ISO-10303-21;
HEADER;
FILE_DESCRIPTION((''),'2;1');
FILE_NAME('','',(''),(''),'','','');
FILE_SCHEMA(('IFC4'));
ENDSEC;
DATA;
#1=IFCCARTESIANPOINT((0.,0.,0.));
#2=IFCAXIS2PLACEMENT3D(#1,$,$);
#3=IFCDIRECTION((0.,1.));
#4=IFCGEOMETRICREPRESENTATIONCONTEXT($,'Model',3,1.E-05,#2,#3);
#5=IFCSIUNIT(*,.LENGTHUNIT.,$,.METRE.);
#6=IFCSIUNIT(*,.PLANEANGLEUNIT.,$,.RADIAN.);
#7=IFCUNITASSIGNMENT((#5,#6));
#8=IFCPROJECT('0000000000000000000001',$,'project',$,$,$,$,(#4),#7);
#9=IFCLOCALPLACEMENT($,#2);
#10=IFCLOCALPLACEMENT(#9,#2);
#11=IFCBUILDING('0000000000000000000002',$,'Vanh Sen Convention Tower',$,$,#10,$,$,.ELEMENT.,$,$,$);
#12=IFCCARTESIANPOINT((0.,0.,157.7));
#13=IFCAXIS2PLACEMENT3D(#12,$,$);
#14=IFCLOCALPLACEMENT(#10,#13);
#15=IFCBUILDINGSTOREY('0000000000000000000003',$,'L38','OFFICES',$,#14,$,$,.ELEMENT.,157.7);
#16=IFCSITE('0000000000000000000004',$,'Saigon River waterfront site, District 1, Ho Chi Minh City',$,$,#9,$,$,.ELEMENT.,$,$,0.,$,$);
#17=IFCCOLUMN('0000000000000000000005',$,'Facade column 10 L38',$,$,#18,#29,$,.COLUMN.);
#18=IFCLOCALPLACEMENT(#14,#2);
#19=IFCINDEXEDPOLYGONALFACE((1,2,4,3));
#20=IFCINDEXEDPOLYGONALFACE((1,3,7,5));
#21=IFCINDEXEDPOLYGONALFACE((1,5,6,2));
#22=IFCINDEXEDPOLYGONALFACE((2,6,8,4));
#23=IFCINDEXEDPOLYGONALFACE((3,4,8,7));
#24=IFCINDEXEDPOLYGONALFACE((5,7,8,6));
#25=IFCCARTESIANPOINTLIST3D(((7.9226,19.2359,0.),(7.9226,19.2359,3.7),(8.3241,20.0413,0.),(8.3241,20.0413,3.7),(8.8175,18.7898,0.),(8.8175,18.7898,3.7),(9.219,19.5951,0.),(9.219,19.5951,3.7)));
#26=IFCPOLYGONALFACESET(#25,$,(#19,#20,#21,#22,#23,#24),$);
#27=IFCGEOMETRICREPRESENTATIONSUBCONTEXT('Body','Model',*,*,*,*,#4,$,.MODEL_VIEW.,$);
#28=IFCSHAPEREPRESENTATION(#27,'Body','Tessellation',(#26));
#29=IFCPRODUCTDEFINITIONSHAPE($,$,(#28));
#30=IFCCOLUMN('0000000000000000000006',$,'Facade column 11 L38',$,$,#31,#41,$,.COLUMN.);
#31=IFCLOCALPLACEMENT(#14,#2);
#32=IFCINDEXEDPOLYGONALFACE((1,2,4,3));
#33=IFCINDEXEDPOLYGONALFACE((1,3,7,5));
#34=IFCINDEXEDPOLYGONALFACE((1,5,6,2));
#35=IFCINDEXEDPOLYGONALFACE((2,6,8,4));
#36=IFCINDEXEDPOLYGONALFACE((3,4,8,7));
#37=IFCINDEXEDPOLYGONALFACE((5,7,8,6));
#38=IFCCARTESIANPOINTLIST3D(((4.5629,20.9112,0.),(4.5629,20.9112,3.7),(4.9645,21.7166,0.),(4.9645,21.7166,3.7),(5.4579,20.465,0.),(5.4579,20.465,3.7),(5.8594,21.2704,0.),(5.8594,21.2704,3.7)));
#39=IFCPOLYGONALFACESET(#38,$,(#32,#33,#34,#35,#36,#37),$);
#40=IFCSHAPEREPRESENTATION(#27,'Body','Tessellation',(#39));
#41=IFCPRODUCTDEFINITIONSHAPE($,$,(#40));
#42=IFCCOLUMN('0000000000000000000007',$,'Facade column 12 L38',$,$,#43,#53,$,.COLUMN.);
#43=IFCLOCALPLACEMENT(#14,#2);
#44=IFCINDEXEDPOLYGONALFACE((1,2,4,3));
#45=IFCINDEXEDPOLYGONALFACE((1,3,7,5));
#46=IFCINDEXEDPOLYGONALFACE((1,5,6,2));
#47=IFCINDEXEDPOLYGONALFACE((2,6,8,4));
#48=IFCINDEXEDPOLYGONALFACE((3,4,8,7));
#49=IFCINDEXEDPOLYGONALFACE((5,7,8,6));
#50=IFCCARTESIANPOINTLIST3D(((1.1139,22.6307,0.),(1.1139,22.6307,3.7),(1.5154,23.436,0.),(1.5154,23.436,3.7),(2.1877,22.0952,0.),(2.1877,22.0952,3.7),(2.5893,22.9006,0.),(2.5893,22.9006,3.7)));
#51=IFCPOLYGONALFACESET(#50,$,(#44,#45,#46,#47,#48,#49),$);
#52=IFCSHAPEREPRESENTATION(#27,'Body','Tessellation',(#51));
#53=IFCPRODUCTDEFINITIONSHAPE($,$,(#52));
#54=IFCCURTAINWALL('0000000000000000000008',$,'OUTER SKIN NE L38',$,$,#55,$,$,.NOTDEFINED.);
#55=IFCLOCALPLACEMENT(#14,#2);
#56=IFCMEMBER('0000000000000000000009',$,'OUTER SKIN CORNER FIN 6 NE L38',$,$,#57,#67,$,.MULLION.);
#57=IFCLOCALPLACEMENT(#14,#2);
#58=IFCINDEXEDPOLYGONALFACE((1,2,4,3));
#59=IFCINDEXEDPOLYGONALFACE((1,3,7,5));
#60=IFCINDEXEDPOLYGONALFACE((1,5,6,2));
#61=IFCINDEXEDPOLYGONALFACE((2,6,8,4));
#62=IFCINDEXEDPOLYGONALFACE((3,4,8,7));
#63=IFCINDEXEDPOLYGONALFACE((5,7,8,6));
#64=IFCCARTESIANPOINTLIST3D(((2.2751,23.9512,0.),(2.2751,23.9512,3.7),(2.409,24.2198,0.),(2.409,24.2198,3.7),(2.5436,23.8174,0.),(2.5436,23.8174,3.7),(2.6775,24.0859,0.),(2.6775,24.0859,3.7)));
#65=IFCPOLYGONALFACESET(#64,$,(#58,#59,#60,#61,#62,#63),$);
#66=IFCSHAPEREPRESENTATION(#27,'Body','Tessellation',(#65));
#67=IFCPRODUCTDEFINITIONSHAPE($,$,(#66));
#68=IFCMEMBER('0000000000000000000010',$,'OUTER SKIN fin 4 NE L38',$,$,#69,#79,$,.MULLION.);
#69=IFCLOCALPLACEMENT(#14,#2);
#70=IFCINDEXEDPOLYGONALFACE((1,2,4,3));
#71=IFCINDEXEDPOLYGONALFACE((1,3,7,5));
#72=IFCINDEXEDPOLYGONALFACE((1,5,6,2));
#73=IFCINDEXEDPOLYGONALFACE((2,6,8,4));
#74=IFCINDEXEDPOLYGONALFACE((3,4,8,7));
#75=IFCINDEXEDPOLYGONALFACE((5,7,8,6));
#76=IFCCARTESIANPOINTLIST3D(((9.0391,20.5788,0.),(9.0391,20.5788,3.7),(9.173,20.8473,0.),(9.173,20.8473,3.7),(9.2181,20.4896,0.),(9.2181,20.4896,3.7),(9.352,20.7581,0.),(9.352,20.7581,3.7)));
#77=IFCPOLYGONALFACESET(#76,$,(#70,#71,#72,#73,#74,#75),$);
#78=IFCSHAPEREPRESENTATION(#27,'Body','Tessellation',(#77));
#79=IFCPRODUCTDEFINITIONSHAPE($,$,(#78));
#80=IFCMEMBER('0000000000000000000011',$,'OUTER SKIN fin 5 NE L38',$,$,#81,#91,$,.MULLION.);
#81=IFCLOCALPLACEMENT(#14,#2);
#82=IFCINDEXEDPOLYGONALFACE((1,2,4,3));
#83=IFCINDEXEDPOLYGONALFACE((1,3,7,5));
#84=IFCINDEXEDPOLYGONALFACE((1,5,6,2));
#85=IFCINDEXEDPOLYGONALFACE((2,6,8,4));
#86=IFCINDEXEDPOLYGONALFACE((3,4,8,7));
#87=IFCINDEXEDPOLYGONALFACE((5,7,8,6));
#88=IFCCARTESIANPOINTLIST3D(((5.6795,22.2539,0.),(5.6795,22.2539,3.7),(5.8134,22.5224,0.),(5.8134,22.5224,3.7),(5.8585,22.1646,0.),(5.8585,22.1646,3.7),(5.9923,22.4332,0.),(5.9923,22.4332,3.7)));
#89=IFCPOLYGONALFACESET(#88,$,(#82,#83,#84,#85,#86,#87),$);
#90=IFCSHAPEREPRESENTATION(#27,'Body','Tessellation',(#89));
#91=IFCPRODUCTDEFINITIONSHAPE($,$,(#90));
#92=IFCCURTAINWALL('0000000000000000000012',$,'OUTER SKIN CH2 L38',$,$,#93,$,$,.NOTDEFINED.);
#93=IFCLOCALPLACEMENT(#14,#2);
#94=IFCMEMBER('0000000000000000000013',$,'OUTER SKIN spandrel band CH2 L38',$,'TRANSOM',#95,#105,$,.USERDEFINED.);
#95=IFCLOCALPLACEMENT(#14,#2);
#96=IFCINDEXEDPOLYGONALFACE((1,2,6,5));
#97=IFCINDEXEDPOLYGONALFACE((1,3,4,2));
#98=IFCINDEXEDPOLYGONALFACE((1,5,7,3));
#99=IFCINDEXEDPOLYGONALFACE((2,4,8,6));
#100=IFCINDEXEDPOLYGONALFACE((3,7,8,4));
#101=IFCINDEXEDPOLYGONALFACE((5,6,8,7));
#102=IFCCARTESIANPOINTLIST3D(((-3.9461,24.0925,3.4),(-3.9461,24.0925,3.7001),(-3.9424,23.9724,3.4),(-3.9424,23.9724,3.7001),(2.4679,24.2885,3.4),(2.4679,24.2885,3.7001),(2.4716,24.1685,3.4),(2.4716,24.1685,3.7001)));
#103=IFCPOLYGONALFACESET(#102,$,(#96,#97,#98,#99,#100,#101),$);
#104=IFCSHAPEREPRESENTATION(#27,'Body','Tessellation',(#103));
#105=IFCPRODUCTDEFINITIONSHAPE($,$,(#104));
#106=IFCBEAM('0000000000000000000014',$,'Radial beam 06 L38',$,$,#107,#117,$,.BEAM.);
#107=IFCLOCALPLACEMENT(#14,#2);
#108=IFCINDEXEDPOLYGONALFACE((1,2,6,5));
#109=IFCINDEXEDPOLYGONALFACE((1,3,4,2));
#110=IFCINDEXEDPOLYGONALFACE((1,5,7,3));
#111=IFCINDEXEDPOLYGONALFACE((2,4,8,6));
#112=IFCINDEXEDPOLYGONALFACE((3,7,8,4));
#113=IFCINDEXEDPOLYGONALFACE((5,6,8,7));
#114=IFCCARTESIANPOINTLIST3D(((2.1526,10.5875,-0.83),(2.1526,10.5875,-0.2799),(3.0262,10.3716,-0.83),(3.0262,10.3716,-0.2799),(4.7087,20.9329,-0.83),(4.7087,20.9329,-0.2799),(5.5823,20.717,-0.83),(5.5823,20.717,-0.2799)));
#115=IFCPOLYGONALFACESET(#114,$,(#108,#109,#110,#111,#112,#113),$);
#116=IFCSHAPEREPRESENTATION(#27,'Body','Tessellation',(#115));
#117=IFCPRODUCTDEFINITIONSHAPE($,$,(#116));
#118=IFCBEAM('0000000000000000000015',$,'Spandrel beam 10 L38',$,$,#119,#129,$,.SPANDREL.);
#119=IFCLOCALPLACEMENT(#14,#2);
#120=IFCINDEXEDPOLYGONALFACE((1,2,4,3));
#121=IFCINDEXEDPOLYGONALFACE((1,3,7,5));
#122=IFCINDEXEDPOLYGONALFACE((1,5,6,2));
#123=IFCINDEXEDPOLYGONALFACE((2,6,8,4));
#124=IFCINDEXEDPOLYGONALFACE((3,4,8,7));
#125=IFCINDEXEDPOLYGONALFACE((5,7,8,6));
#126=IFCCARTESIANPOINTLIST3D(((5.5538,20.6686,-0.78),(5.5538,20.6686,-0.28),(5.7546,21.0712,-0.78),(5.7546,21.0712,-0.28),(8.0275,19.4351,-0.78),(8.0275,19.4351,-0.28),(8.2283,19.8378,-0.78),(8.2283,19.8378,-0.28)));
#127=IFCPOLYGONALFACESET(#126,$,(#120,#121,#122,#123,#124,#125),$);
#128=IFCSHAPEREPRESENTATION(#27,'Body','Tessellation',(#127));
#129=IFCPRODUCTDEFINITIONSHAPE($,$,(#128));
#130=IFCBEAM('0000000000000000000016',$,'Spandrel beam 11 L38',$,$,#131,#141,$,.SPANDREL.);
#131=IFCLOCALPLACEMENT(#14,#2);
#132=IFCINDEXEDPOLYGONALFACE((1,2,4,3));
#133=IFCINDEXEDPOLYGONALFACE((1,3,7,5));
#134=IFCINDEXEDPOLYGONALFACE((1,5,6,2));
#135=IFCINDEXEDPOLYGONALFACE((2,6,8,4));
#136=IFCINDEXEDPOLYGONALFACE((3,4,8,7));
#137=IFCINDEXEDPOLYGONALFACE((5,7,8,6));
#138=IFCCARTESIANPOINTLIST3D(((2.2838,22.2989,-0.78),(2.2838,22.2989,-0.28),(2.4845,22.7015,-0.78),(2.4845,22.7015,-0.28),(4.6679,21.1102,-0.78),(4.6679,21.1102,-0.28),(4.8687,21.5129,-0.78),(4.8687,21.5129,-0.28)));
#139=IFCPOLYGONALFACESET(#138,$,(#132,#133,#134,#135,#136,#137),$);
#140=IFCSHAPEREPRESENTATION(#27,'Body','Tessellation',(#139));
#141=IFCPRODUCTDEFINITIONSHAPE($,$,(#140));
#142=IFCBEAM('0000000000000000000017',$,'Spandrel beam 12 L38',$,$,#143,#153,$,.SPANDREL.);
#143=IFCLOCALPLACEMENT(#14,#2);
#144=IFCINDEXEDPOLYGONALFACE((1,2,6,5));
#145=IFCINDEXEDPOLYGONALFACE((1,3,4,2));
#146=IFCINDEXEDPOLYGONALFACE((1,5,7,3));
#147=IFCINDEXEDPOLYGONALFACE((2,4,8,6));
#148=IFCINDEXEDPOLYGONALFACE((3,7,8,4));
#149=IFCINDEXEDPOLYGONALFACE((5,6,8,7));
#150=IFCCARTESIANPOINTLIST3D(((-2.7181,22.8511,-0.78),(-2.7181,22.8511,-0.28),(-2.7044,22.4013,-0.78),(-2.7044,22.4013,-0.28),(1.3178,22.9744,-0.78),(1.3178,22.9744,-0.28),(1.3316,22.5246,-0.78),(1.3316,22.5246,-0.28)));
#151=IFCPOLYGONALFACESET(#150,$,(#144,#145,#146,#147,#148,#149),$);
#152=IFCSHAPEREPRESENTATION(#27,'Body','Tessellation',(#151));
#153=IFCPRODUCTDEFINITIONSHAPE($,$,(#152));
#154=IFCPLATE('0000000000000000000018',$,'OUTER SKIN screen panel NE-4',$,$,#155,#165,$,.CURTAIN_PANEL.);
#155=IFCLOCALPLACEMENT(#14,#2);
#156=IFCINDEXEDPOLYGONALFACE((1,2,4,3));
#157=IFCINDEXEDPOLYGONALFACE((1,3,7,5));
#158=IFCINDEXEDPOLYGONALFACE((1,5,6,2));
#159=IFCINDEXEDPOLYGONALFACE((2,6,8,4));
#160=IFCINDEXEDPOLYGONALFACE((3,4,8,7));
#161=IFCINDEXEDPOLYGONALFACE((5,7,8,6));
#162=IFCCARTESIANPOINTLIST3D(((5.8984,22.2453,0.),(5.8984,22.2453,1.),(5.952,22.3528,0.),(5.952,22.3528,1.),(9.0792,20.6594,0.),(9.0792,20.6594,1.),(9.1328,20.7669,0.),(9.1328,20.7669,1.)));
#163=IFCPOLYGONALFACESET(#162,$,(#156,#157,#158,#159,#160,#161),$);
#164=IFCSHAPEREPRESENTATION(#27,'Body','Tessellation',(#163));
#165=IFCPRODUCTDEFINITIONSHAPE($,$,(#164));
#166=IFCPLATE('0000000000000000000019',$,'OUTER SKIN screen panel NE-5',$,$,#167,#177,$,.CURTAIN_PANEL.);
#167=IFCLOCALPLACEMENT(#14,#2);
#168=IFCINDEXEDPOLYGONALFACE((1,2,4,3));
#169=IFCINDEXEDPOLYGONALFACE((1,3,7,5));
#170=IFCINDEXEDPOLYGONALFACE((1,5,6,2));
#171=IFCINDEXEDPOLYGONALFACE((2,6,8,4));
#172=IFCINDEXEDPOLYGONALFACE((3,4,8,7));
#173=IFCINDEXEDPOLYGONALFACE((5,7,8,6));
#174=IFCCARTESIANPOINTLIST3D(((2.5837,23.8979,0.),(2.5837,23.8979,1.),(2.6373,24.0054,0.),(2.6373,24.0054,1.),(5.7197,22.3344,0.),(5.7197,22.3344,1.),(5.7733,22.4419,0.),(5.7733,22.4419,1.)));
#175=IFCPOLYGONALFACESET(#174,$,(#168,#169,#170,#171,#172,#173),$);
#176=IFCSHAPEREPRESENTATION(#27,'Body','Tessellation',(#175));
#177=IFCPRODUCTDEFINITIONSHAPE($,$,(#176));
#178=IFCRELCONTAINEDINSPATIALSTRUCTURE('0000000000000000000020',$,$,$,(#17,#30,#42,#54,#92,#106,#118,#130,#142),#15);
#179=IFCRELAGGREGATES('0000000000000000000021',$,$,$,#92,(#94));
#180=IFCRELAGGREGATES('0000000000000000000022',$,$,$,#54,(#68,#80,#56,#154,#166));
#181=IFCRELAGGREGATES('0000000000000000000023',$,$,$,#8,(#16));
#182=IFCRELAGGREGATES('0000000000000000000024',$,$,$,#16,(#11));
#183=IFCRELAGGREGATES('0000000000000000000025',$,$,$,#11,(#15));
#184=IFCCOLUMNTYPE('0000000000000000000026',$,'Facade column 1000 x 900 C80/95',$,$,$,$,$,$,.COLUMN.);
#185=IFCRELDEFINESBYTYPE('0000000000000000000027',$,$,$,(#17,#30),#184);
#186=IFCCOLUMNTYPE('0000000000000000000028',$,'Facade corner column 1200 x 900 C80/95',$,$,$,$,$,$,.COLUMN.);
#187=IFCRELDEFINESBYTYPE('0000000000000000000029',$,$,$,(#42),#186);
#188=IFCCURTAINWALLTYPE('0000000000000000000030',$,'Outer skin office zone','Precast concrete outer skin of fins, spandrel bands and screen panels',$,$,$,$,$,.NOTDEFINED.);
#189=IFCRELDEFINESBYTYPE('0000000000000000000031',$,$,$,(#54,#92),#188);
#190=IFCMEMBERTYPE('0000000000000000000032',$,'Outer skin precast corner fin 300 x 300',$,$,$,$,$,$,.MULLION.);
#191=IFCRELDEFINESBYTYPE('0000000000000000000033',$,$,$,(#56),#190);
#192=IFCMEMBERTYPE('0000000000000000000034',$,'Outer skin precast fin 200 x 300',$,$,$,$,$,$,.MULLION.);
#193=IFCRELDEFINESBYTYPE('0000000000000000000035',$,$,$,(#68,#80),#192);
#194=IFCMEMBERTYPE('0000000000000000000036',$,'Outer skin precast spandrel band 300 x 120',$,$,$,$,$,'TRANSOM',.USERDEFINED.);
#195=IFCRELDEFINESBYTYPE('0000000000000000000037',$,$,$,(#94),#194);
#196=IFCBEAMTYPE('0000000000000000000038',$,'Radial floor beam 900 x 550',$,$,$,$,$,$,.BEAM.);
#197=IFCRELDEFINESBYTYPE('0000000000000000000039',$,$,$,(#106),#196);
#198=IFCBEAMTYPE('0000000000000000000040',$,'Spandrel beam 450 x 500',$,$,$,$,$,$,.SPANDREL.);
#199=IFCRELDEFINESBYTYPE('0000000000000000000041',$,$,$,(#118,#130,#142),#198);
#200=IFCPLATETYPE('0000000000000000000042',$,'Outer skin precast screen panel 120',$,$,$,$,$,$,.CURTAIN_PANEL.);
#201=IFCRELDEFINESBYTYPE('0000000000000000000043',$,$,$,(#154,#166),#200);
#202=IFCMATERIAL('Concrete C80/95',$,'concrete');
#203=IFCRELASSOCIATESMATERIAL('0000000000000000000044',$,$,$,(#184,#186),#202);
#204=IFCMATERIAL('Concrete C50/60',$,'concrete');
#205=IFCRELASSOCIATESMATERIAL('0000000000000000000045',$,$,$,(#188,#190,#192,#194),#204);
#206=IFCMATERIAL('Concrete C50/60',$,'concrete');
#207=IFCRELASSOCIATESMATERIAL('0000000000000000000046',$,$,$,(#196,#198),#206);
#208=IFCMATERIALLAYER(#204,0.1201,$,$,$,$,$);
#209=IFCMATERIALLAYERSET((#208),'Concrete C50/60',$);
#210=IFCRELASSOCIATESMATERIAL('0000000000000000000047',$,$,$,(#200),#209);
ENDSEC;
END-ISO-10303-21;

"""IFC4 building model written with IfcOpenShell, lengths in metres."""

from ifc_helpers import new_model, si_unit, direction, frame, origin, origin_2d, place, context, subcontext, project, spatial, rectangle, extrude, material, layer, layer_set, material_profile, profile_set, type_object, element, aggregate, save


model = new_model("IFC4")

# Units and contexts
model_context = context("Model", 3, precision=1e-05, world=origin(), true_north=direction((0.0, 1.0)))
body_context = subcontext(model_context, "Body", "Model", "MODEL_VIEW")
ifc_project = project(units=[si_unit("LENGTHUNIT", "METRE"), si_unit("PLANEANGLEUNIT", "RADIAN")], contexts=[model_context])

# Site, building, storey
site_placement = place(None, origin())
site = spatial("IfcSite", under=ifc_project, at=site_placement, Name="Saigon River waterfront site, District 1, Ho Chi Minh City", CompositionType="ELEMENT", RefElevation=0.0)
building_placement = place(site_placement, origin())
building = spatial("IfcBuilding", under=site, at=building_placement, Name="Vanh Sen Convention Tower", CompositionType="ELEMENT")
storey_placement = place(building_placement, frame((0.0, 0.0, 157.7)))
storey = spatial("IfcBuildingStorey", under=building, at=storey_placement, Name="L38", Description="OFFICES", CompositionType="ELEMENT", Elevation=157.7)

# Columns
ifc_material_1 = material(Name="Concrete C80/95", Category="concrete")
ifc_material_profile_1 = material_profile(ifc_material_1, rectangle(XDim=1.0, YDim=0.8999, at=origin_2d()), Name="RC 1000X900")
ifc_profile_set_1 = profile_set([ifc_material_profile_1], Name="Concrete C80/95")
column_type_1 = type_object("IfcColumnType", Name="Facade column 1000 x 900 C80/95", PredefinedType="COLUMN", material=ifc_profile_set_1)
for number, where, z_axis, x_axis, name in (
    (1, (8.5708, 19.4155, 0.0), (0.0, 0.0, 1.0), (-0.894934, 0.446198, 0.0), "Facade column 10 L38"),
    (2, (5.2112, 21.0908, 0.0), (0.0, 0.0, 1.0), (-0.894934, 0.446198, 0.0), "Facade column 11 L38"),
):
    element("IfcColumn", number, at=place(storey_placement, frame(where, z_axis=z_axis, x_axis=x_axis)), inside=storey, type_object=column_type_1, Name=name, PredefinedType="COLUMN", context=body_context, shape_type="SweptSolid", body=[
        extrude(rectangle(XDim=1.0, YDim=0.8999, at=origin_2d()), origin(), (0.0, 0.0, 1.0), 3.7),
    ])
ifc_material_profile_2 = material_profile(ifc_material_1, rectangle(XDim=1.2, YDim=0.8999, at=origin_2d()), Name="RC 1200X900")
ifc_profile_set_2 = profile_set([ifc_material_profile_2], Name="Concrete C80/95")
column_type_2 = type_object("IfcColumnType", Name="Facade corner column 1200 x 900 C80/95", PredefinedType="COLUMN", material=ifc_profile_set_2)
column_placement = place(storey_placement, frame((1.8516, 22.7656, 0.0), z_axis=(0.0, 0.0, 1.0), x_axis=(-0.894934, 0.446198, 0.0)))
element("IfcColumn", 3, at=column_placement, inside=storey, type_object=column_type_2, Name="Facade column 12 L38", PredefinedType="COLUMN", context=body_context, shape_type="SweptSolid", body=[
    extrude(rectangle(XDim=1.2, YDim=0.8999, at=origin_2d()), origin(), (0.0, 0.0, 1.0), 3.7),
])

# Curtain wall, members
ifc_material_2 = material(Name="Concrete C50/60", Category="concrete")
curtain_wall_type = type_object("IfcCurtainWallType", Name="Outer skin office zone", Description="Precast concrete outer skin of fins, spandrel bands and screen panels", PredefinedType="NOTDEFINED", material=ifc_material_2)
curtain_wall_1_placement = place(storey_placement, origin())
curtain_wall_1 = element("IfcCurtainWall", 4, at=curtain_wall_1_placement, inside=storey, type_object=curtain_wall_type, Name="OUTER SKIN NE L38", PredefinedType="NOTDEFINED")
ifc_material_profile_3 = material_profile(ifc_material_2, rectangle(XDim=0.3, YDim=0.3, at=origin_2d()), Name="Outer skin precast corner fin 300 x 300")
ifc_profile_set_3 = profile_set([ifc_material_profile_3], Name="Concrete C50/60")
member_type_1 = type_object("IfcMemberType", Name="Outer skin precast corner fin 300 x 300", PredefinedType="MULLION", material=ifc_profile_set_3)
member_1_placement = place(storey_placement, frame((2.4763, 24.0186, 0.0), z_axis=(0.0, 0.0, 1.0), x_axis=(-0.894934, 0.446198, 0.0)))
member_1 = element("IfcMember", 5, at=member_1_placement, type_object=member_type_1, Name="OUTER SKIN CORNER FIN 6 NE L38", PredefinedType="MULLION", context=body_context, shape_type="SweptSolid", body=[
    extrude(rectangle(XDim=0.3, YDim=0.3, at=origin_2d()), origin(), (0.0, 0.0, 1.0), 3.7),
])
ifc_material_profile_4 = material_profile(ifc_material_2, rectangle(XDim=0.2, YDim=0.3, at=origin_2d()), Name="Outer skin precast fin 200 x 300")
ifc_profile_set_4 = profile_set([ifc_material_profile_4], Name="Concrete C50/60")
member_type_2 = type_object("IfcMemberType", Name="Outer skin precast fin 200 x 300", PredefinedType="MULLION", material=ifc_profile_set_4)
member_2_placement = place(storey_placement, frame((9.1956, 20.6685, 0.0), z_axis=(0.0, 0.0, 1.0), x_axis=(-0.894934, 0.446198, 0.0)))
member_2 = element("IfcMember", 6, at=member_2_placement, type_object=member_type_2, Name="OUTER SKIN fin 4 NE L38", PredefinedType="MULLION", context=body_context, shape_type="SweptSolid", body=[
    extrude(rectangle(XDim=0.2, YDim=0.3, at=origin_2d()), origin(), (0.0, 0.0, 1.0), 3.7),
])
member_3_placement = place(storey_placement, frame((5.8359, 22.3435, 0.0), z_axis=(0.0, 0.0, 1.0), x_axis=(-0.894934, 0.446198, 0.0)))
member_3 = element("IfcMember", 7, at=member_3_placement, type_object=member_type_2, Name="OUTER SKIN fin 5 NE L38", PredefinedType="MULLION", context=body_context, shape_type="SweptSolid", body=[
    extrude(rectangle(XDim=0.2, YDim=0.3, at=origin_2d()), origin(), (0.0, 0.0, 1.0), 3.7),
])

# Curtain wall, member
curtain_wall_2_placement = place(storey_placement, origin())
curtain_wall_2 = element("IfcCurtainWall", 8, at=curtain_wall_2_placement, inside=storey, type_object=curtain_wall_type, Name="OUTER SKIN CH2 L38", PredefinedType="NOTDEFINED")
ifc_material_profile_5 = material_profile(ifc_material_2, rectangle(XDim=0.1201, YDim=0.3, at=origin_2d()), Name="Outer skin precast spandrel band 300 x 120")
ifc_profile_set_5 = profile_set([ifc_material_profile_5], Name="Concrete C50/60")
member_type_3 = type_object("IfcMemberType", Name="Outer skin precast spandrel band 300 x 120", ElementType="TRANSOM", PredefinedType="USERDEFINED", material=ifc_profile_set_5)
member_4_placement = place(storey_placement, frame((2.4697, 24.2285, 3.55), z_axis=(-0.999533, -0.030551, 0.0), x_axis=(0.030551, -0.999533, 0.0)))
member_4 = element("IfcMember", 9, at=member_4_placement, type_object=member_type_3, Name="OUTER SKIN spandrel band CH2 L38", ObjectType="TRANSOM", PredefinedType="USERDEFINED", context=body_context, shape_type="SweptSolid", body=[
    extrude(rectangle(XDim=0.1201, YDim=0.3, at=origin_2d()), origin(), (0.0, 0.0, 1.0), 6.417),
])
aggregate(curtain_wall_2, [member_4])

# Beams
ifc_material_3 = material(Name="Concrete C50/60", Category="concrete")
ifc_material_profile_6 = material_profile(ifc_material_3, rectangle(XDim=0.8999, YDim=0.55, at=origin_2d()), Name="RC 900X550")
ifc_profile_set_6 = profile_set([ifc_material_profile_6], Name="Concrete C50/60")
beam_type_1 = type_object("IfcBeamType", Name="Radial floor beam 900 x 550", PredefinedType="BEAM", material=ifc_profile_set_6)
beam_1_placement = place(storey_placement, frame((5.1455, 20.825, -0.5549), z_axis=(-0.239866, -0.970806, 0.0), x_axis=(0.970806, -0.239866, 0.0)))
element("IfcBeam", 10, at=beam_1_placement, inside=storey, type_object=beam_type_1, Name="Radial beam 06 L38", PredefinedType="BEAM", context=body_context, shape_type="SweptSolid", body=[
    extrude(rectangle(XDim=0.8999, YDim=0.55, at=origin_2d()), origin(), (0.0, 0.0, 1.0), 10.6565),
])
ifc_material_profile_7 = material_profile(ifc_material_3, rectangle(XDim=0.45, YDim=0.5, at=origin_2d()), Name="RC 450X500")
ifc_profile_set_7 = profile_set([ifc_material_profile_7], Name="Concrete C50/60")
beam_type_2 = type_object("IfcBeamType", Name="Spandrel beam 450 x 500", PredefinedType="SPANDREL", material=ifc_profile_set_7)
beam_2_placement = place(storey_placement, frame((8.1279, 19.6365, -0.53), z_axis=(-0.894921, 0.446224, 0.0), x_axis=(-0.446224, -0.894921, 0.0)))
element("IfcBeam", 11, at=beam_2_placement, inside=storey, type_object=beam_type_2, Name="Spandrel beam 10 L38", PredefinedType="SPANDREL", context=body_context, shape_type="SweptSolid", body=[
    extrude(rectangle(XDim=0.45, YDim=0.5, at=origin_2d()), origin(), (0.0, 0.0, 1.0), 2.7642),
])
beam_3_placement = place(storey_placement, frame((4.7683, 21.3115, -0.53), z_axis=(-0.89494, 0.446187, 0.0), x_axis=(-0.446187, -0.89494, 0.0)))
element("IfcBeam", 12, at=beam_3_placement, inside=storey, type_object=beam_type_2, Name="Spandrel beam 11 L38", PredefinedType="SPANDREL", context=body_context, shape_type="SweptSolid", body=[
    extrude(rectangle(XDim=0.45, YDim=0.5, at=origin_2d()), origin(), (0.0, 0.0, 1.0), 2.6641),
])
beam_4_placement = place(storey_placement, frame((1.3247, 22.7495, -0.53), z_axis=(-0.999534, -0.030534, 0.0), x_axis=(0.030534, -0.999534, 0.0)))
element("IfcBeam", 13, at=beam_4_placement, inside=storey, type_object=beam_type_2, Name="Spandrel beam 12 L38", PredefinedType="SPANDREL", context=body_context, shape_type="SweptSolid", body=[
    extrude(rectangle(XDim=0.45, YDim=0.5, at=origin_2d()), origin(), (0.0, 0.0, 1.0), 4.0378),
])

# Plates
ifc_layer_1 = layer(ifc_material_2, 0.1201)
ifc_layer_set_1 = layer_set([ifc_layer_1], Name="Concrete C50/60")
plate_type = type_object("IfcPlateType", Name="Outer skin precast screen panel 120", PredefinedType="CURTAIN_PANEL", material=ifc_layer_set_1)
plate_1_placement = place(storey_placement, frame((7.5156, 21.5061, 0.0), z_axis=(0.0, 0.0, 1.0), x_axis=(-0.894933, 0.446201, 0.0)))
plate_1 = element("IfcPlate", 14, at=plate_1_placement, type_object=plate_type, Name="OUTER SKIN screen panel NE-4", PredefinedType="CURTAIN_PANEL", context=body_context, shape_type="SweptSolid", body=[
    extrude(rectangle(XDim=3.5542, YDim=0.1201, at=origin_2d()), origin(), (0.0, 0.0, 1.0), 1.0),
])
plate_2_placement = place(storey_placement, frame((4.1785, 23.1699, 0.0), z_axis=(0.0, 0.0, 1.0), x_axis=(-0.894944, 0.446179, 0.0)))
plate_2 = element("IfcPlate", 15, at=plate_2_placement, type_object=plate_type, Name="OUTER SKIN screen panel NE-5", PredefinedType="CURTAIN_PANEL", context=body_context, shape_type="SweptSolid", body=[
    extrude(rectangle(XDim=3.5042, YDim=0.1201, at=origin_2d()), origin(), (0.0, 0.0, 1.0), 1.0),
])
aggregate(curtain_wall_1, [member_2, member_3, member_1, plate_1, plate_2])

save(model, "model.ifc")
